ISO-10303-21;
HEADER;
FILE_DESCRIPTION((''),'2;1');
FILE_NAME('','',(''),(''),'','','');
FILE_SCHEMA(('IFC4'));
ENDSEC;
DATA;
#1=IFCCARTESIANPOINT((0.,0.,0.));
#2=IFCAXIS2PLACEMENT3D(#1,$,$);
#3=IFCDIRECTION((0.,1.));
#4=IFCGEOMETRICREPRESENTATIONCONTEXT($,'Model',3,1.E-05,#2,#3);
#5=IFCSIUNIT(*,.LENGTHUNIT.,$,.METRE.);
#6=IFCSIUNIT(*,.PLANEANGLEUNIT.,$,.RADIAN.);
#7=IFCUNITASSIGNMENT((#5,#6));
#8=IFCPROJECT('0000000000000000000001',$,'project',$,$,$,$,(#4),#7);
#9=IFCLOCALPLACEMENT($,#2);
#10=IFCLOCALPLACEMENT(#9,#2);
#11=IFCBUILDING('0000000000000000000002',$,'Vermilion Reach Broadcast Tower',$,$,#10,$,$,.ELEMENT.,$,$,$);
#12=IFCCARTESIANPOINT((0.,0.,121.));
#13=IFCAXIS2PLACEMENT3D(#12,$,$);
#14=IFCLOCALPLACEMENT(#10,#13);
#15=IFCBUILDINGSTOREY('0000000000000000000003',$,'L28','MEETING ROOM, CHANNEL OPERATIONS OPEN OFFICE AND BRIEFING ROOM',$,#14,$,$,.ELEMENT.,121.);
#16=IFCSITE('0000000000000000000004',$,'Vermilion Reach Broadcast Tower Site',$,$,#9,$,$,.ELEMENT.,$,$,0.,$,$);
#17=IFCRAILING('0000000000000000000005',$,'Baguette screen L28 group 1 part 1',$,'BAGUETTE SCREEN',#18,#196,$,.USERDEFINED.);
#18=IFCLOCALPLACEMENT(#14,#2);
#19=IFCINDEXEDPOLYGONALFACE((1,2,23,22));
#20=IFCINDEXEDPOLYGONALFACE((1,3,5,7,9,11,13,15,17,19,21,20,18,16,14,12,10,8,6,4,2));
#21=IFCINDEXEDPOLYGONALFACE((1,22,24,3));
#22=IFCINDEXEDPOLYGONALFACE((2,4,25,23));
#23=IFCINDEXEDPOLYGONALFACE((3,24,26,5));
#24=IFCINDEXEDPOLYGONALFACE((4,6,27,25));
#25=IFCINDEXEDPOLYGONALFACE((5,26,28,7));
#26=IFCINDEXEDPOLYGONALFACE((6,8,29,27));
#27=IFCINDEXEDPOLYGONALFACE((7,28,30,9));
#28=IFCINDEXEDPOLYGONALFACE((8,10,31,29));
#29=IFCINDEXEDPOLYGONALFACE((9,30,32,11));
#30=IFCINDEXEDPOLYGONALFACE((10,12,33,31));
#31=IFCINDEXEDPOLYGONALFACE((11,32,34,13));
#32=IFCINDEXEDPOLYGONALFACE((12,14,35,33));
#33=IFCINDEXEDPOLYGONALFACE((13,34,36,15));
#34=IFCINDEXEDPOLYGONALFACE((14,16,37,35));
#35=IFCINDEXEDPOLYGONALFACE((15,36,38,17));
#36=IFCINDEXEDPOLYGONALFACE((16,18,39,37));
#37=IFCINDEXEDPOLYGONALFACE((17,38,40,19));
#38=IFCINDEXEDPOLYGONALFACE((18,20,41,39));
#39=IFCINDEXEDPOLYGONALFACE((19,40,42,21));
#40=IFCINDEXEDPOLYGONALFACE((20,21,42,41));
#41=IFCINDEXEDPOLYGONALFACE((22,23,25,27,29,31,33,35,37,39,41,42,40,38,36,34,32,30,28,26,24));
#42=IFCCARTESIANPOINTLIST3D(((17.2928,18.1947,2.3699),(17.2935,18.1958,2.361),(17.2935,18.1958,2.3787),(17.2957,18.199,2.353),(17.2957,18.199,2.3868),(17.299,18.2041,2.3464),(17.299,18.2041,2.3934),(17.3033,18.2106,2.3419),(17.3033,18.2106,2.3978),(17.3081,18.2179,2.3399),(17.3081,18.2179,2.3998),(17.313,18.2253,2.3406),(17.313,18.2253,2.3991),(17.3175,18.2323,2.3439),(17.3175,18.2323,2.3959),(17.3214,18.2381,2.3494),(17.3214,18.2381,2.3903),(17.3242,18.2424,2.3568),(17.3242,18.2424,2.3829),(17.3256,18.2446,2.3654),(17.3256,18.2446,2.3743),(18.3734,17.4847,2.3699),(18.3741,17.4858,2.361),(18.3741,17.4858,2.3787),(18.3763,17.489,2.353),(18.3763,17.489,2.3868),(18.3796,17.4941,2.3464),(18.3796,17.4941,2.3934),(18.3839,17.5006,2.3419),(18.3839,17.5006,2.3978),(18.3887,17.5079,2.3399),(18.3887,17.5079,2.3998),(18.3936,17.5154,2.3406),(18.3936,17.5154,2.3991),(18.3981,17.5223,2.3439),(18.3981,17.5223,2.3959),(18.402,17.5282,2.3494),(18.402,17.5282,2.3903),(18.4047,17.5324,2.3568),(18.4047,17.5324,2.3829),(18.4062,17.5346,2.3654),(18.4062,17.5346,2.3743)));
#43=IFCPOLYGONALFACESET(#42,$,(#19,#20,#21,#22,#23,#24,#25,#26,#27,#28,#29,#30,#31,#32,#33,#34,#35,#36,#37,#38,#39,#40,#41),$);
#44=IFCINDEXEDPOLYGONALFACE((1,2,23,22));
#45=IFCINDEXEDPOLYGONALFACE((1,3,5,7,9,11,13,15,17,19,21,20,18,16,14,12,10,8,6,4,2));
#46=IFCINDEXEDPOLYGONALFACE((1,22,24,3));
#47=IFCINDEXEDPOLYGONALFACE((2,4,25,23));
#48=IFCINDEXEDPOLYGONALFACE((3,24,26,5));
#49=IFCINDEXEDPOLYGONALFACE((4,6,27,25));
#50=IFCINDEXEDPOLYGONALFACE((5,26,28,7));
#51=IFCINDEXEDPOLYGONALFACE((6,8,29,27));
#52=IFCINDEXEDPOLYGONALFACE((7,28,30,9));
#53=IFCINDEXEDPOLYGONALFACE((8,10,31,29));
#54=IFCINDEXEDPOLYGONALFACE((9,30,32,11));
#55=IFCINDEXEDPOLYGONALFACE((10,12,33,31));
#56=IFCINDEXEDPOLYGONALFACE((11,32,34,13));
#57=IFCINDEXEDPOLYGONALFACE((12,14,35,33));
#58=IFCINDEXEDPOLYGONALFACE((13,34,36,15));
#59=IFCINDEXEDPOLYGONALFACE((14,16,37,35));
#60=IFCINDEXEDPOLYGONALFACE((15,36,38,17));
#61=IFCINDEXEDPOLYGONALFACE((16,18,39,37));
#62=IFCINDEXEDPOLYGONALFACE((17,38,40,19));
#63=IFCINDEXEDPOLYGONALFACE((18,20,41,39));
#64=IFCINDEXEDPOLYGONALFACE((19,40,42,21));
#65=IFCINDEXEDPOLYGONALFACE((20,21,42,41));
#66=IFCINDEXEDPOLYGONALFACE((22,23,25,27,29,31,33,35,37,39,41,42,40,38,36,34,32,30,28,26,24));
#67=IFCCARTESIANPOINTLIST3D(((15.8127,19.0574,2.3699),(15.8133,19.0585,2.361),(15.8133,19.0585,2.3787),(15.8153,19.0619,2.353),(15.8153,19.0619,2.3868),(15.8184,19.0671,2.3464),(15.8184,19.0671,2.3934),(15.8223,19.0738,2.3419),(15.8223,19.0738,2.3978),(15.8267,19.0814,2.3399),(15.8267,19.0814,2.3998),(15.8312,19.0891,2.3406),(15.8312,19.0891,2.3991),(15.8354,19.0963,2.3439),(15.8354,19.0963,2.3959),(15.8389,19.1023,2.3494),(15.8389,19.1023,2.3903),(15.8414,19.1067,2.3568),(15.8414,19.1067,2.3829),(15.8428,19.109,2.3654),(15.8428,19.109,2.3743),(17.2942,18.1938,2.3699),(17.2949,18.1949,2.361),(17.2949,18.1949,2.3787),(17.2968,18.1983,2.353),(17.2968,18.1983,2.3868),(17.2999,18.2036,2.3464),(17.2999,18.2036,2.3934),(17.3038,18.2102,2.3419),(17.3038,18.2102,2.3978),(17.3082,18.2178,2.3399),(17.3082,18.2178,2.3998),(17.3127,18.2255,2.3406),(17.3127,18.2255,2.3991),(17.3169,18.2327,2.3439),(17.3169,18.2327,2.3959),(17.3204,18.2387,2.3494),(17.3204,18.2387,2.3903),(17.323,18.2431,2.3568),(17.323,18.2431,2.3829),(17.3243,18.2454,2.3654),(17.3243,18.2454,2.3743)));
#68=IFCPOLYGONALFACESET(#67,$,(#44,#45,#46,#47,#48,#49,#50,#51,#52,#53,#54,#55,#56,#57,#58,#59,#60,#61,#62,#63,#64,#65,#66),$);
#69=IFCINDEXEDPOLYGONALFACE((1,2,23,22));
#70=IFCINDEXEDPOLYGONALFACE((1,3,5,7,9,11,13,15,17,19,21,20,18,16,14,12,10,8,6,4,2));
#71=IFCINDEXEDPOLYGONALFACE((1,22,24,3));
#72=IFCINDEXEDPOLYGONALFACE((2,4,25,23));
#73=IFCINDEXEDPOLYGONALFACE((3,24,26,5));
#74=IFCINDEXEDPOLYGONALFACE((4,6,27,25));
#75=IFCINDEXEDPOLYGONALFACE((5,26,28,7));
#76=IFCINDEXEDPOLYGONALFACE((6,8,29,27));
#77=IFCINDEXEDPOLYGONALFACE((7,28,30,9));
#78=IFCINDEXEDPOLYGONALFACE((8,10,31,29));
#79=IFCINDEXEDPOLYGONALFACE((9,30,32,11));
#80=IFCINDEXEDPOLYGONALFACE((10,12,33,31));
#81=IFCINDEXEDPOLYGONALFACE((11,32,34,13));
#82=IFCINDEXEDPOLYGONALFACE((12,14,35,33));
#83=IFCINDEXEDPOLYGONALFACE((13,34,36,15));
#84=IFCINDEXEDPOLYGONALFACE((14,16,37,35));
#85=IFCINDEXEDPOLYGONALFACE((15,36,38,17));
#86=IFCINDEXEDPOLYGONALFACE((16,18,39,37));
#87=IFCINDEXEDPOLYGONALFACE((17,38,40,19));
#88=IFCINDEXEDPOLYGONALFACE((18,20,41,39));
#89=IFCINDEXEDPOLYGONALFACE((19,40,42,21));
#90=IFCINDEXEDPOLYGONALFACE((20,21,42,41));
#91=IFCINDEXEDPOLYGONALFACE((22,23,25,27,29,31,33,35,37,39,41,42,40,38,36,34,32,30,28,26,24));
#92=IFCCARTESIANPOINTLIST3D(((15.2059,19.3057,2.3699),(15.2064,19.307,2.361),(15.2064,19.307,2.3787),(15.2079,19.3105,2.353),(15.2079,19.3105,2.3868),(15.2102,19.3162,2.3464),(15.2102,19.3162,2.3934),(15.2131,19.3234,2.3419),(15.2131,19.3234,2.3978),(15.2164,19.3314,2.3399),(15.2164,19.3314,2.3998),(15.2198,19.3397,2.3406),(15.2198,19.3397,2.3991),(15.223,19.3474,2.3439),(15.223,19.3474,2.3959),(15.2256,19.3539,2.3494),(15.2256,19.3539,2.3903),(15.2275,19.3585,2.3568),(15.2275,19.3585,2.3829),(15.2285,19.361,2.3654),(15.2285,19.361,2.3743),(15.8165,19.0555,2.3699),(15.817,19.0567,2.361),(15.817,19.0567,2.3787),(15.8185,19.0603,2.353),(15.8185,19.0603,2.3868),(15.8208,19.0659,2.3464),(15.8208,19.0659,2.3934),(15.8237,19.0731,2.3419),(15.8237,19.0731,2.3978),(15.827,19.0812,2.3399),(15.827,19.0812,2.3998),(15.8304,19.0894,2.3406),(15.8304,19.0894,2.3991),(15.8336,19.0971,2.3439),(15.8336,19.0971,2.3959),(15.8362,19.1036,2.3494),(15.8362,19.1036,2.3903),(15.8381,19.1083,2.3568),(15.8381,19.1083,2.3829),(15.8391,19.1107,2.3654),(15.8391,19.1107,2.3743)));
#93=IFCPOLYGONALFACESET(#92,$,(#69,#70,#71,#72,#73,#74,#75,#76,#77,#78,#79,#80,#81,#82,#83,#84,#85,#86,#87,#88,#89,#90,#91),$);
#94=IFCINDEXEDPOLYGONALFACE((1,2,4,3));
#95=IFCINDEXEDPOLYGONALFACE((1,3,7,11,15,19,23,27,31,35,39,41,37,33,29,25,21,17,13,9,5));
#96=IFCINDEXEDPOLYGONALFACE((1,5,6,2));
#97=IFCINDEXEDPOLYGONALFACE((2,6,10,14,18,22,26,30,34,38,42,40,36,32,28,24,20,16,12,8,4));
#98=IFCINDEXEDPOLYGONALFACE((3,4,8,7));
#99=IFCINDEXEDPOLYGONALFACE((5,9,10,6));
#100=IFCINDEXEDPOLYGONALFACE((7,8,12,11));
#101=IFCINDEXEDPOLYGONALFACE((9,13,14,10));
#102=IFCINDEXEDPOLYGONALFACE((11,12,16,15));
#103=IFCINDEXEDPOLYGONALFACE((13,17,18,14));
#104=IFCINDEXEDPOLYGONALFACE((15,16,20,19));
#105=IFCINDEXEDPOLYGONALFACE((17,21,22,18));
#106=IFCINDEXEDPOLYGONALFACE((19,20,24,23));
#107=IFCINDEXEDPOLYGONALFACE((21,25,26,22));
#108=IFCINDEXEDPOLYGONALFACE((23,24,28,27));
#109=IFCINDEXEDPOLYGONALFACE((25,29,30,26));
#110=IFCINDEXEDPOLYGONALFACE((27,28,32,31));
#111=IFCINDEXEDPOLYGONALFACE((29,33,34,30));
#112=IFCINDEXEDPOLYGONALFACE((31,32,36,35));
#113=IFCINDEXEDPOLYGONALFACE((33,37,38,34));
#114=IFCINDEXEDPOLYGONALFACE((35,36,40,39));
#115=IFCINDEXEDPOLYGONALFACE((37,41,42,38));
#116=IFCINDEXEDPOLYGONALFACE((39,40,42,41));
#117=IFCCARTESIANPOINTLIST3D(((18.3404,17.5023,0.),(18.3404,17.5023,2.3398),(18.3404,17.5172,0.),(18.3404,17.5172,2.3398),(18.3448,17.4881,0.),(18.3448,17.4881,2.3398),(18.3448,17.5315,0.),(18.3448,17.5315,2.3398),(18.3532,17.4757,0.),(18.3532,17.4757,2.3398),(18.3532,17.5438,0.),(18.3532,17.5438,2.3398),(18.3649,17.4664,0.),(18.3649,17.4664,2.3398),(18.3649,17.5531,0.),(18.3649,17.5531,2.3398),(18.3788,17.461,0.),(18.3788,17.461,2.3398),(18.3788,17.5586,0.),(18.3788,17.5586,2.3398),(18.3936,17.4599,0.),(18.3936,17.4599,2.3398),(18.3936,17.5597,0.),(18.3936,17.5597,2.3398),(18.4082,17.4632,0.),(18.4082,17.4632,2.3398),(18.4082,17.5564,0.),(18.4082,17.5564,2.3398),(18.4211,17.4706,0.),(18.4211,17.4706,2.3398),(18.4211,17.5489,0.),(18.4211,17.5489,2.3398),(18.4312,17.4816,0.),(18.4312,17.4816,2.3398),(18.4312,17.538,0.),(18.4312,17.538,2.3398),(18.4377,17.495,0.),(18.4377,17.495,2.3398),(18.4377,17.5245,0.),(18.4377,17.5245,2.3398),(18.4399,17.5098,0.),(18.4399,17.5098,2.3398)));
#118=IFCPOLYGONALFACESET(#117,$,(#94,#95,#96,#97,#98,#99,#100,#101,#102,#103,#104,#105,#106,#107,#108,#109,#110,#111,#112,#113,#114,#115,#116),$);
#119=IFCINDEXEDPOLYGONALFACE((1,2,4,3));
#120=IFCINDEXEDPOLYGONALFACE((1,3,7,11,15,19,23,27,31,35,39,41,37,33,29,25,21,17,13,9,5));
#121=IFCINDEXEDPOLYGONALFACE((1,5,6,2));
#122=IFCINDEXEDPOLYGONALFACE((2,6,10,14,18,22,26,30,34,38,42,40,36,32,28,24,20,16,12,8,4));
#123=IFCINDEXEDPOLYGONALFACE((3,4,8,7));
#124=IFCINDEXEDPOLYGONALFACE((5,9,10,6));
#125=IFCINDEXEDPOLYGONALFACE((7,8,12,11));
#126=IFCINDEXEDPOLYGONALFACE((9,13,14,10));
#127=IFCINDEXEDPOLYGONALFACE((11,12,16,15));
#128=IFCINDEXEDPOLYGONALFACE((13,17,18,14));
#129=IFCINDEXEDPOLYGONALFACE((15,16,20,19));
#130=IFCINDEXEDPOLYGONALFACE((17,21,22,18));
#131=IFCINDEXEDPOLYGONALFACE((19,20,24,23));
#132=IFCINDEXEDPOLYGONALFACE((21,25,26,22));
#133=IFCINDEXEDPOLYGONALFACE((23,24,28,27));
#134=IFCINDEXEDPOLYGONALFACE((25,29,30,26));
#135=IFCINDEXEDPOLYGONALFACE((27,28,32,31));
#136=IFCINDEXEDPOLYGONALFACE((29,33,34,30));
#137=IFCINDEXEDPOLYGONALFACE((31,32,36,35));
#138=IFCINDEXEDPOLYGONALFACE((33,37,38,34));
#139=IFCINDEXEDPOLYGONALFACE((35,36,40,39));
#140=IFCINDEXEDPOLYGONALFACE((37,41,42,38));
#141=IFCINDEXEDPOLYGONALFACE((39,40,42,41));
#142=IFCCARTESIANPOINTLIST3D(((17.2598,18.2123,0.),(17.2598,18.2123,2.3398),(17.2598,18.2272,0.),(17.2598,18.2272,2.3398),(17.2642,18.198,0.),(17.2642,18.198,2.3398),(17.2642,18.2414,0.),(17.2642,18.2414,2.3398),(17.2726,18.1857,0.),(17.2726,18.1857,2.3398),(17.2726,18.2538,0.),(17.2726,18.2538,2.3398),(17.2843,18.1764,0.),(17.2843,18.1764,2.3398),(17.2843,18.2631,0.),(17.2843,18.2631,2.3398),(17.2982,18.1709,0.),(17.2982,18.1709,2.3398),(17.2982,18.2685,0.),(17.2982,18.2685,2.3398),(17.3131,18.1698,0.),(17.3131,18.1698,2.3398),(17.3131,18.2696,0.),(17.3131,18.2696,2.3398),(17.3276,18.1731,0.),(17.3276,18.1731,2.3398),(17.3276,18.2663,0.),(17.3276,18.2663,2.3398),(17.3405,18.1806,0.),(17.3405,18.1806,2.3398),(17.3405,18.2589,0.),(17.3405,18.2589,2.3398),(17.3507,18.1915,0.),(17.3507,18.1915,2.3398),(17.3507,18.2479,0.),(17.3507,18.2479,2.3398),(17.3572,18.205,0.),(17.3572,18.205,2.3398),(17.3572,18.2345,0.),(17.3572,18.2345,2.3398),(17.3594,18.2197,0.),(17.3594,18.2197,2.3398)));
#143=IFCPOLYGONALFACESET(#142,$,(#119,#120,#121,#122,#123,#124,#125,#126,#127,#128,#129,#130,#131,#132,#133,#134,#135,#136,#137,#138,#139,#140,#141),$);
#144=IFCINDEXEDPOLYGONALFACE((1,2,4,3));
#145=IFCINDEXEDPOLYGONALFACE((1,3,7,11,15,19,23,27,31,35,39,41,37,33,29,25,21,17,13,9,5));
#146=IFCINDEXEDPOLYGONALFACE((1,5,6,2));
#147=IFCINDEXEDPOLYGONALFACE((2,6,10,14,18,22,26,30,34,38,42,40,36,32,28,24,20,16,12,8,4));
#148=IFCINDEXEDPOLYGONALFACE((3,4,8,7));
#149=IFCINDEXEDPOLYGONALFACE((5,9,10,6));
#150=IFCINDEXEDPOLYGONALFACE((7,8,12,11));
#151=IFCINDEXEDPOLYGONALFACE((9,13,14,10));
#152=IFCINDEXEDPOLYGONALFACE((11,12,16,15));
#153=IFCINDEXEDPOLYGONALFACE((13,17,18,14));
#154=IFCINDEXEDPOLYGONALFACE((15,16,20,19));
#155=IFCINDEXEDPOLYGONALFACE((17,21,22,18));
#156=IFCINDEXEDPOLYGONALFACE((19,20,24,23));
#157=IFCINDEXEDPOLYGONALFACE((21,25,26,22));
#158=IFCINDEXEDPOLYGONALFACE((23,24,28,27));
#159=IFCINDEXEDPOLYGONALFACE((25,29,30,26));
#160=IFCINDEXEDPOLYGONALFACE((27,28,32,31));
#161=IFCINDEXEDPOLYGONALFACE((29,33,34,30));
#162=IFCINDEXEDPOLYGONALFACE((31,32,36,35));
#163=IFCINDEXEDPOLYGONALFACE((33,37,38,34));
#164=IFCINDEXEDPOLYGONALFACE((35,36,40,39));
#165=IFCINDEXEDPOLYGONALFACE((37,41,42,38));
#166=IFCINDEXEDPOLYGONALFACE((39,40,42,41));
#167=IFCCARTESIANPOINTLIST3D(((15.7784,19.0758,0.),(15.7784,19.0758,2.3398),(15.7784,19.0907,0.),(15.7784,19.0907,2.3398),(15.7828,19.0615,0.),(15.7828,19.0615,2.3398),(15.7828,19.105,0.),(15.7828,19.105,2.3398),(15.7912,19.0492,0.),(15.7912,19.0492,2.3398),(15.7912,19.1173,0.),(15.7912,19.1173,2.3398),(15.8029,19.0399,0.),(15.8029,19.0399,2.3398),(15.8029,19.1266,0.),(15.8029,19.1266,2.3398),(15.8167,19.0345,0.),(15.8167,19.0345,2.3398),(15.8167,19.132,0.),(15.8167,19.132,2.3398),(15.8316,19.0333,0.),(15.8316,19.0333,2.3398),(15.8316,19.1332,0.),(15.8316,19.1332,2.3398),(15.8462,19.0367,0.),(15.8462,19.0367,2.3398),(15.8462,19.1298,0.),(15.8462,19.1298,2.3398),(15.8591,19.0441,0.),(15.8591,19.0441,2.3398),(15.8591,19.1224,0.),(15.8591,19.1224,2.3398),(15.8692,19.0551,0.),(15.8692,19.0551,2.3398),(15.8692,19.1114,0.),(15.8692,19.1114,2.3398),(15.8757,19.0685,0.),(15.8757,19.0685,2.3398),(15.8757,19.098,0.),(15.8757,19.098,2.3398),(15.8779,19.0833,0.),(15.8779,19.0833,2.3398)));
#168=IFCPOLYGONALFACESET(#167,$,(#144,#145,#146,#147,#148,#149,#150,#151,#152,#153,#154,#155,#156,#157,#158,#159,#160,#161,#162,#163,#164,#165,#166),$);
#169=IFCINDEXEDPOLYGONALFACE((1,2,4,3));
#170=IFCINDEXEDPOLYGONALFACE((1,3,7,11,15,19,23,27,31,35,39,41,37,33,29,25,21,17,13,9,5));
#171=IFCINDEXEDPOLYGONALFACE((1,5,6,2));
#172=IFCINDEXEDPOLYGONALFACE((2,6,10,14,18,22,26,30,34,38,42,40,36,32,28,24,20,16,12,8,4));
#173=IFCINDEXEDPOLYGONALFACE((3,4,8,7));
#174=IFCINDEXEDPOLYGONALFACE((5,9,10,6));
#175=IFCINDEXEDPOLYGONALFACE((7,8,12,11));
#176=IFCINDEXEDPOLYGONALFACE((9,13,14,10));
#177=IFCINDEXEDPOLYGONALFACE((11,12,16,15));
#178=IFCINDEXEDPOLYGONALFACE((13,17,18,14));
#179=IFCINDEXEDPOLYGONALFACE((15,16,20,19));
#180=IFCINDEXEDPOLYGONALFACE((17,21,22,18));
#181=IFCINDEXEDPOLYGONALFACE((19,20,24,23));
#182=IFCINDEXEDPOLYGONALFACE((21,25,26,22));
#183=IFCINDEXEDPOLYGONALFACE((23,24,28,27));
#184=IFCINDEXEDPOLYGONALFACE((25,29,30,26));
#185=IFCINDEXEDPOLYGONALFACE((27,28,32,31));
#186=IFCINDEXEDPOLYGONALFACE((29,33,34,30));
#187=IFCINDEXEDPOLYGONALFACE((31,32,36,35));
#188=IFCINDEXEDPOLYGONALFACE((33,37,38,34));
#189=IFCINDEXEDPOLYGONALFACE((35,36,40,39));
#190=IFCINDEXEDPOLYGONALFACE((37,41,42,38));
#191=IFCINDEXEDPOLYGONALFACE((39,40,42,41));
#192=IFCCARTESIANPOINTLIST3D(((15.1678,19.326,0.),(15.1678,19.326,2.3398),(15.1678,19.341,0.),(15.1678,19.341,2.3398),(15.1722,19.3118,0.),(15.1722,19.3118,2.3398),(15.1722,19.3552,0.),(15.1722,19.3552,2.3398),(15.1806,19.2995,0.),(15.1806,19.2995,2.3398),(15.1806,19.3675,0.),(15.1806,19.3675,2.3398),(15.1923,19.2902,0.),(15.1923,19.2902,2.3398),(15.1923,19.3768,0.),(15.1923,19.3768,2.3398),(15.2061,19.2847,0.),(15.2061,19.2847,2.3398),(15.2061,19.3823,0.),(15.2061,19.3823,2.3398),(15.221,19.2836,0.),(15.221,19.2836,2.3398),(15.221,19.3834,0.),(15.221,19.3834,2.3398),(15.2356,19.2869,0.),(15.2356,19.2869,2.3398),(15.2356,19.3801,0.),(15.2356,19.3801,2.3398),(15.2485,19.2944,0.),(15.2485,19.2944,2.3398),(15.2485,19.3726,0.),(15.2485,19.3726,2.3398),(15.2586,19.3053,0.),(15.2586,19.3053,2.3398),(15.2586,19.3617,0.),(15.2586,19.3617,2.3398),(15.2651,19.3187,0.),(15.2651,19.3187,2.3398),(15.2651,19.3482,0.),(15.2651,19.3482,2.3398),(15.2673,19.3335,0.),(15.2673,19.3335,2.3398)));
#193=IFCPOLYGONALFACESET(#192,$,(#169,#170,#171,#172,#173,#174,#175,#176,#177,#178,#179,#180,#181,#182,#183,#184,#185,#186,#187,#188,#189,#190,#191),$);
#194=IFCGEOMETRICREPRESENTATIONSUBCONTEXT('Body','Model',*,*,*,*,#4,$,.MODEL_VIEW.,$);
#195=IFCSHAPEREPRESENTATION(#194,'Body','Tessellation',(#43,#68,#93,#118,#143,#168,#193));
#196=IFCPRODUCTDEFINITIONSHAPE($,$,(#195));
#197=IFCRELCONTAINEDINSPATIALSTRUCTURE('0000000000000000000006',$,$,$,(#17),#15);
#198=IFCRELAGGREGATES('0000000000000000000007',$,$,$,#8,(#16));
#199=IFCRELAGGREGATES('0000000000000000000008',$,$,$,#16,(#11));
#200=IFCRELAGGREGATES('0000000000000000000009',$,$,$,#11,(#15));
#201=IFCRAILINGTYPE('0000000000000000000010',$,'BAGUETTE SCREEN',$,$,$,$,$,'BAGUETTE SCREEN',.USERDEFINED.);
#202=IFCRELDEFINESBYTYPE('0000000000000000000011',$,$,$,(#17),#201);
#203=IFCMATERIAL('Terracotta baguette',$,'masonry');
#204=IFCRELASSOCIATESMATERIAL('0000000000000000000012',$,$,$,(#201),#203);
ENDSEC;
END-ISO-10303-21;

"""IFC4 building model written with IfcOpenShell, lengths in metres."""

from ifc_helpers import new_model, si_unit, direction, frame, origin, origin_2d, place, context, subcontext, project, spatial, circle, extrude, material, type_object, element, save


model = new_model("IFC4")

# Units and contexts
model_context = context("Model", 3, precision=1e-05, world=origin(), true_north=direction((0.0, 1.0)))
body_context = subcontext(model_context, "Body", "Model", "MODEL_VIEW")
ifc_project = project(units=[si_unit("LENGTHUNIT", "METRE"), si_unit("PLANEANGLEUNIT", "RADIAN")], contexts=[model_context])

# Site, building, storey
site_placement = place(None, origin())
site = spatial("IfcSite", under=ifc_project, at=site_placement, Name="Vermilion Reach Broadcast Tower Site", CompositionType="ELEMENT", RefElevation=0.0)
building_placement = place(site_placement, origin())
building = spatial("IfcBuilding", under=site, at=building_placement, Name="Vermilion Reach Broadcast Tower", CompositionType="ELEMENT")
storey_placement = place(building_placement, frame((0.0, 0.0, 121.0)))
storey = spatial("IfcBuildingStorey", under=building, at=storey_placement, Name="L28", Description="MEETING ROOM, CHANNEL OPERATIONS OPEN OFFICE AND BRIEFING ROOM", CompositionType="ELEMENT", Elevation=121.0)

# Railing
ifc_material_1 = material(Name="Terracotta baguette", Category="masonry")
railing_type_1 = type_object("IfcRailingType", Name="BAGUETTE SCREEN", ElementType="BAGUETTE SCREEN", PredefinedType="USERDEFINED", material=ifc_material_1)
railing_1_placement = place(storey_placement, frame((18.3899, 17.5098, 0.0)))
element("IfcRailing", 1, at=railing_1_placement, inside=storey, type_object=railing_type_1, Name="Baguette screen L28 group 1 part 1", ObjectType="BAGUETTE SCREEN", PredefinedType="USERDEFINED", context=body_context, shape_type="SweptSolid", body=[
    extrude(circle(Radius=0.03, at=origin_2d()), frame((0.0, 0.0, 2.3699), z_axis=(-0.83575, 0.54911, 0.0), x_axis=(-0.54911, -0.83575, 0.0)), (0.0, 0.0, 1.0), 1.293),
    extrude(circle(Radius=0.03, at=origin_2d()), frame((-1.0806, 0.71, 2.3699), z_axis=(-0.863944, 0.503588, 0.0), x_axis=(-0.503588, -0.863944, 0.0)), (0.0, 0.0, 1.0), 1.7148),
    extrude(circle(Radius=0.03, at=origin_2d()), frame((-2.562, 1.5735, 2.3699), z_axis=(-0.925305, 0.379223, 0.0), x_axis=(-0.379223, -0.925305, 0.0)), (0.0, 0.0, 1.0), 0.6599),
    extrude(circle(Radius=0.05, at=origin_2d()), origin(), (0.0, 0.0, 1.0), 2.3398),
    extrude(circle(Radius=0.05, at=origin_2d()), frame((-1.0806, 0.71, 0.0)), (0.0, 0.0, 1.0), 2.3398),
    extrude(circle(Radius=0.05, at=origin_2d()), frame((-2.562, 1.5735, 0.0)), (0.0, 0.0, 1.0), 2.3398),
    extrude(circle(Radius=0.05, at=origin_2d()), frame((-3.1726, 1.8237, 0.0)), (0.0, 0.0, 1.0), 2.3398),
])

save(model, "model.ifc")
